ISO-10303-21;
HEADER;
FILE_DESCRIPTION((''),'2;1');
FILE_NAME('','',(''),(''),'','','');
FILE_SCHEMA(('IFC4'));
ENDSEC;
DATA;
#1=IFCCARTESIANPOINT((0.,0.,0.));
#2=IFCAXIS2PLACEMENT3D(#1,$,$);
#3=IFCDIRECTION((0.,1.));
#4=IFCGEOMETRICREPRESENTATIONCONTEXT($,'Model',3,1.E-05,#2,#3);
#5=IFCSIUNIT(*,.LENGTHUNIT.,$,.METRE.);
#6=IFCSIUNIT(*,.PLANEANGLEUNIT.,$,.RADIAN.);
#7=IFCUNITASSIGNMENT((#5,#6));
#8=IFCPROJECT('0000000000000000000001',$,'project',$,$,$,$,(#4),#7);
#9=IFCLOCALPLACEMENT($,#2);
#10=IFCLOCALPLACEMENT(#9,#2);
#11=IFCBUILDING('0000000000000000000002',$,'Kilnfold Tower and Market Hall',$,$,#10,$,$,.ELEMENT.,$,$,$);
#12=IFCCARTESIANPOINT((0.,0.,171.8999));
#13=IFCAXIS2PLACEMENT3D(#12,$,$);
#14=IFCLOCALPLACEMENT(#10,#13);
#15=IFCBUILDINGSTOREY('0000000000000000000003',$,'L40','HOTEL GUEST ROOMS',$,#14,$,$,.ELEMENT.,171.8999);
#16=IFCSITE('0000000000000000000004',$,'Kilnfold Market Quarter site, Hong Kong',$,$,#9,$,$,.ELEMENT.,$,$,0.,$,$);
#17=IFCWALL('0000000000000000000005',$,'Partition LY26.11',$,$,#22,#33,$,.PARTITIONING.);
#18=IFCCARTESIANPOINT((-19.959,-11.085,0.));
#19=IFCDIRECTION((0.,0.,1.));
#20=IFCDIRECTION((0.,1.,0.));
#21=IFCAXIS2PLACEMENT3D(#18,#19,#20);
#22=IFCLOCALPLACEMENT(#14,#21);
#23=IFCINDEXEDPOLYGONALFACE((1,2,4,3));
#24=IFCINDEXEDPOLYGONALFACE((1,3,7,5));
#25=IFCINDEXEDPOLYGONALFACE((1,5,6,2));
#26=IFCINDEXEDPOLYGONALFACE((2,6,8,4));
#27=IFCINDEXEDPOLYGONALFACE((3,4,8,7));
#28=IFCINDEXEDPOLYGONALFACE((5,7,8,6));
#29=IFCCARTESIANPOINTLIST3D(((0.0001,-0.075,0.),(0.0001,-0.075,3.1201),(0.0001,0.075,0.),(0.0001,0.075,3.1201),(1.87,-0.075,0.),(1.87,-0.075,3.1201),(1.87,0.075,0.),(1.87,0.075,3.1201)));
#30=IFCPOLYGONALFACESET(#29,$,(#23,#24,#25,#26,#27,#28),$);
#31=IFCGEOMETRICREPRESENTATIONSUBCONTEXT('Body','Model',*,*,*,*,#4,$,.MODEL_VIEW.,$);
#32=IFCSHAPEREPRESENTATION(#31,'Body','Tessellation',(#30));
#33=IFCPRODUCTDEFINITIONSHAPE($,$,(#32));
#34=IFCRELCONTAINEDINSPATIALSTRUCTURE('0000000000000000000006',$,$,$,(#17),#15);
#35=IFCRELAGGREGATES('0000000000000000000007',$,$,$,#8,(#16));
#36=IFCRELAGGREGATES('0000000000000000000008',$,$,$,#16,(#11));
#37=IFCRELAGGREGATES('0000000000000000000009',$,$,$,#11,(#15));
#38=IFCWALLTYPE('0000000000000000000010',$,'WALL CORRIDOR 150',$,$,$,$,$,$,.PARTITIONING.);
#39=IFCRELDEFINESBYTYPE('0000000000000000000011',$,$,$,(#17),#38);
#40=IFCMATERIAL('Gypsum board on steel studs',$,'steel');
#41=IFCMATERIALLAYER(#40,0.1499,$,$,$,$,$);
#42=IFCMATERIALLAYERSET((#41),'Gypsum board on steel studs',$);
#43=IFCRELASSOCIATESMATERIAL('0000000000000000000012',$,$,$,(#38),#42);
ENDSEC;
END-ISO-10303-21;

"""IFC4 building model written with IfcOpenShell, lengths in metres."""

from ifc_helpers import new_model, si_unit, direction, frame, frame_2d, origin, place, context, subcontext, project, spatial, rectangle, extrude, material, layer, layer_set, type_object, element, save


model = new_model("IFC4")

# Units and contexts
model_context = context("Model", 3, precision=1e-05, world=origin(), true_north=direction((0.0, 1.0)))
body_context = subcontext(model_context, "Body", "Model", "MODEL_VIEW")
ifc_project = project(units=[si_unit("LENGTHUNIT", "METRE"), si_unit("PLANEANGLEUNIT", "RADIAN")], contexts=[model_context])

# Site, building, storey
site_placement = place(None, origin())
site = spatial("IfcSite", under=ifc_project, at=site_placement, Name="Kilnfold Market Quarter site, Hong Kong", CompositionType="ELEMENT", RefElevation=0.0)
building_placement = place(site_placement, origin())
building = spatial("IfcBuilding", under=site, at=building_placement, Name="Kilnfold Tower and Market Hall", CompositionType="ELEMENT")
storey_placement = place(building_placement, frame((0.0, 0.0, 171.8999)))
storey = spatial("IfcBuildingStorey", under=building, at=storey_placement, Name="L40", Description="HOTEL GUEST ROOMS", CompositionType="ELEMENT", Elevation=171.8999)

# Shared definitions
ifc_material_1 = material(Name="Gypsum board on steel studs", Category="steel")
ifc_layer_1 = layer(ifc_material_1, 0.1499)
ifc_layer_set_1 = layer_set([ifc_layer_1], Name="Gypsum board on steel studs")
wall_type_1 = type_object("IfcWallType", Name="WALL CORRIDOR 150", PredefinedType="PARTITIONING", material=ifc_layer_set_1)

# Wall
wall_1_placement = place(storey_placement, frame((-19.959, -11.085, 0.0), z_axis=(0.0, 0.0, 1.0), x_axis=(0.0, 1.0, 0.0)))
element("IfcWall", 1, at=wall_1_placement, inside=storey, type_object=wall_type_1, Name="Partition LY26.11", PredefinedType="PARTITIONING", context=body_context, shape_type="SweptSolid", body=[
    extrude(rectangle(XDim=1.8699, YDim=0.1499, at=frame_2d((0.9351, 0.0))), origin(), (0.0, 0.0, 1.0), 3.1201),
])

save(model, "model.ifc")
